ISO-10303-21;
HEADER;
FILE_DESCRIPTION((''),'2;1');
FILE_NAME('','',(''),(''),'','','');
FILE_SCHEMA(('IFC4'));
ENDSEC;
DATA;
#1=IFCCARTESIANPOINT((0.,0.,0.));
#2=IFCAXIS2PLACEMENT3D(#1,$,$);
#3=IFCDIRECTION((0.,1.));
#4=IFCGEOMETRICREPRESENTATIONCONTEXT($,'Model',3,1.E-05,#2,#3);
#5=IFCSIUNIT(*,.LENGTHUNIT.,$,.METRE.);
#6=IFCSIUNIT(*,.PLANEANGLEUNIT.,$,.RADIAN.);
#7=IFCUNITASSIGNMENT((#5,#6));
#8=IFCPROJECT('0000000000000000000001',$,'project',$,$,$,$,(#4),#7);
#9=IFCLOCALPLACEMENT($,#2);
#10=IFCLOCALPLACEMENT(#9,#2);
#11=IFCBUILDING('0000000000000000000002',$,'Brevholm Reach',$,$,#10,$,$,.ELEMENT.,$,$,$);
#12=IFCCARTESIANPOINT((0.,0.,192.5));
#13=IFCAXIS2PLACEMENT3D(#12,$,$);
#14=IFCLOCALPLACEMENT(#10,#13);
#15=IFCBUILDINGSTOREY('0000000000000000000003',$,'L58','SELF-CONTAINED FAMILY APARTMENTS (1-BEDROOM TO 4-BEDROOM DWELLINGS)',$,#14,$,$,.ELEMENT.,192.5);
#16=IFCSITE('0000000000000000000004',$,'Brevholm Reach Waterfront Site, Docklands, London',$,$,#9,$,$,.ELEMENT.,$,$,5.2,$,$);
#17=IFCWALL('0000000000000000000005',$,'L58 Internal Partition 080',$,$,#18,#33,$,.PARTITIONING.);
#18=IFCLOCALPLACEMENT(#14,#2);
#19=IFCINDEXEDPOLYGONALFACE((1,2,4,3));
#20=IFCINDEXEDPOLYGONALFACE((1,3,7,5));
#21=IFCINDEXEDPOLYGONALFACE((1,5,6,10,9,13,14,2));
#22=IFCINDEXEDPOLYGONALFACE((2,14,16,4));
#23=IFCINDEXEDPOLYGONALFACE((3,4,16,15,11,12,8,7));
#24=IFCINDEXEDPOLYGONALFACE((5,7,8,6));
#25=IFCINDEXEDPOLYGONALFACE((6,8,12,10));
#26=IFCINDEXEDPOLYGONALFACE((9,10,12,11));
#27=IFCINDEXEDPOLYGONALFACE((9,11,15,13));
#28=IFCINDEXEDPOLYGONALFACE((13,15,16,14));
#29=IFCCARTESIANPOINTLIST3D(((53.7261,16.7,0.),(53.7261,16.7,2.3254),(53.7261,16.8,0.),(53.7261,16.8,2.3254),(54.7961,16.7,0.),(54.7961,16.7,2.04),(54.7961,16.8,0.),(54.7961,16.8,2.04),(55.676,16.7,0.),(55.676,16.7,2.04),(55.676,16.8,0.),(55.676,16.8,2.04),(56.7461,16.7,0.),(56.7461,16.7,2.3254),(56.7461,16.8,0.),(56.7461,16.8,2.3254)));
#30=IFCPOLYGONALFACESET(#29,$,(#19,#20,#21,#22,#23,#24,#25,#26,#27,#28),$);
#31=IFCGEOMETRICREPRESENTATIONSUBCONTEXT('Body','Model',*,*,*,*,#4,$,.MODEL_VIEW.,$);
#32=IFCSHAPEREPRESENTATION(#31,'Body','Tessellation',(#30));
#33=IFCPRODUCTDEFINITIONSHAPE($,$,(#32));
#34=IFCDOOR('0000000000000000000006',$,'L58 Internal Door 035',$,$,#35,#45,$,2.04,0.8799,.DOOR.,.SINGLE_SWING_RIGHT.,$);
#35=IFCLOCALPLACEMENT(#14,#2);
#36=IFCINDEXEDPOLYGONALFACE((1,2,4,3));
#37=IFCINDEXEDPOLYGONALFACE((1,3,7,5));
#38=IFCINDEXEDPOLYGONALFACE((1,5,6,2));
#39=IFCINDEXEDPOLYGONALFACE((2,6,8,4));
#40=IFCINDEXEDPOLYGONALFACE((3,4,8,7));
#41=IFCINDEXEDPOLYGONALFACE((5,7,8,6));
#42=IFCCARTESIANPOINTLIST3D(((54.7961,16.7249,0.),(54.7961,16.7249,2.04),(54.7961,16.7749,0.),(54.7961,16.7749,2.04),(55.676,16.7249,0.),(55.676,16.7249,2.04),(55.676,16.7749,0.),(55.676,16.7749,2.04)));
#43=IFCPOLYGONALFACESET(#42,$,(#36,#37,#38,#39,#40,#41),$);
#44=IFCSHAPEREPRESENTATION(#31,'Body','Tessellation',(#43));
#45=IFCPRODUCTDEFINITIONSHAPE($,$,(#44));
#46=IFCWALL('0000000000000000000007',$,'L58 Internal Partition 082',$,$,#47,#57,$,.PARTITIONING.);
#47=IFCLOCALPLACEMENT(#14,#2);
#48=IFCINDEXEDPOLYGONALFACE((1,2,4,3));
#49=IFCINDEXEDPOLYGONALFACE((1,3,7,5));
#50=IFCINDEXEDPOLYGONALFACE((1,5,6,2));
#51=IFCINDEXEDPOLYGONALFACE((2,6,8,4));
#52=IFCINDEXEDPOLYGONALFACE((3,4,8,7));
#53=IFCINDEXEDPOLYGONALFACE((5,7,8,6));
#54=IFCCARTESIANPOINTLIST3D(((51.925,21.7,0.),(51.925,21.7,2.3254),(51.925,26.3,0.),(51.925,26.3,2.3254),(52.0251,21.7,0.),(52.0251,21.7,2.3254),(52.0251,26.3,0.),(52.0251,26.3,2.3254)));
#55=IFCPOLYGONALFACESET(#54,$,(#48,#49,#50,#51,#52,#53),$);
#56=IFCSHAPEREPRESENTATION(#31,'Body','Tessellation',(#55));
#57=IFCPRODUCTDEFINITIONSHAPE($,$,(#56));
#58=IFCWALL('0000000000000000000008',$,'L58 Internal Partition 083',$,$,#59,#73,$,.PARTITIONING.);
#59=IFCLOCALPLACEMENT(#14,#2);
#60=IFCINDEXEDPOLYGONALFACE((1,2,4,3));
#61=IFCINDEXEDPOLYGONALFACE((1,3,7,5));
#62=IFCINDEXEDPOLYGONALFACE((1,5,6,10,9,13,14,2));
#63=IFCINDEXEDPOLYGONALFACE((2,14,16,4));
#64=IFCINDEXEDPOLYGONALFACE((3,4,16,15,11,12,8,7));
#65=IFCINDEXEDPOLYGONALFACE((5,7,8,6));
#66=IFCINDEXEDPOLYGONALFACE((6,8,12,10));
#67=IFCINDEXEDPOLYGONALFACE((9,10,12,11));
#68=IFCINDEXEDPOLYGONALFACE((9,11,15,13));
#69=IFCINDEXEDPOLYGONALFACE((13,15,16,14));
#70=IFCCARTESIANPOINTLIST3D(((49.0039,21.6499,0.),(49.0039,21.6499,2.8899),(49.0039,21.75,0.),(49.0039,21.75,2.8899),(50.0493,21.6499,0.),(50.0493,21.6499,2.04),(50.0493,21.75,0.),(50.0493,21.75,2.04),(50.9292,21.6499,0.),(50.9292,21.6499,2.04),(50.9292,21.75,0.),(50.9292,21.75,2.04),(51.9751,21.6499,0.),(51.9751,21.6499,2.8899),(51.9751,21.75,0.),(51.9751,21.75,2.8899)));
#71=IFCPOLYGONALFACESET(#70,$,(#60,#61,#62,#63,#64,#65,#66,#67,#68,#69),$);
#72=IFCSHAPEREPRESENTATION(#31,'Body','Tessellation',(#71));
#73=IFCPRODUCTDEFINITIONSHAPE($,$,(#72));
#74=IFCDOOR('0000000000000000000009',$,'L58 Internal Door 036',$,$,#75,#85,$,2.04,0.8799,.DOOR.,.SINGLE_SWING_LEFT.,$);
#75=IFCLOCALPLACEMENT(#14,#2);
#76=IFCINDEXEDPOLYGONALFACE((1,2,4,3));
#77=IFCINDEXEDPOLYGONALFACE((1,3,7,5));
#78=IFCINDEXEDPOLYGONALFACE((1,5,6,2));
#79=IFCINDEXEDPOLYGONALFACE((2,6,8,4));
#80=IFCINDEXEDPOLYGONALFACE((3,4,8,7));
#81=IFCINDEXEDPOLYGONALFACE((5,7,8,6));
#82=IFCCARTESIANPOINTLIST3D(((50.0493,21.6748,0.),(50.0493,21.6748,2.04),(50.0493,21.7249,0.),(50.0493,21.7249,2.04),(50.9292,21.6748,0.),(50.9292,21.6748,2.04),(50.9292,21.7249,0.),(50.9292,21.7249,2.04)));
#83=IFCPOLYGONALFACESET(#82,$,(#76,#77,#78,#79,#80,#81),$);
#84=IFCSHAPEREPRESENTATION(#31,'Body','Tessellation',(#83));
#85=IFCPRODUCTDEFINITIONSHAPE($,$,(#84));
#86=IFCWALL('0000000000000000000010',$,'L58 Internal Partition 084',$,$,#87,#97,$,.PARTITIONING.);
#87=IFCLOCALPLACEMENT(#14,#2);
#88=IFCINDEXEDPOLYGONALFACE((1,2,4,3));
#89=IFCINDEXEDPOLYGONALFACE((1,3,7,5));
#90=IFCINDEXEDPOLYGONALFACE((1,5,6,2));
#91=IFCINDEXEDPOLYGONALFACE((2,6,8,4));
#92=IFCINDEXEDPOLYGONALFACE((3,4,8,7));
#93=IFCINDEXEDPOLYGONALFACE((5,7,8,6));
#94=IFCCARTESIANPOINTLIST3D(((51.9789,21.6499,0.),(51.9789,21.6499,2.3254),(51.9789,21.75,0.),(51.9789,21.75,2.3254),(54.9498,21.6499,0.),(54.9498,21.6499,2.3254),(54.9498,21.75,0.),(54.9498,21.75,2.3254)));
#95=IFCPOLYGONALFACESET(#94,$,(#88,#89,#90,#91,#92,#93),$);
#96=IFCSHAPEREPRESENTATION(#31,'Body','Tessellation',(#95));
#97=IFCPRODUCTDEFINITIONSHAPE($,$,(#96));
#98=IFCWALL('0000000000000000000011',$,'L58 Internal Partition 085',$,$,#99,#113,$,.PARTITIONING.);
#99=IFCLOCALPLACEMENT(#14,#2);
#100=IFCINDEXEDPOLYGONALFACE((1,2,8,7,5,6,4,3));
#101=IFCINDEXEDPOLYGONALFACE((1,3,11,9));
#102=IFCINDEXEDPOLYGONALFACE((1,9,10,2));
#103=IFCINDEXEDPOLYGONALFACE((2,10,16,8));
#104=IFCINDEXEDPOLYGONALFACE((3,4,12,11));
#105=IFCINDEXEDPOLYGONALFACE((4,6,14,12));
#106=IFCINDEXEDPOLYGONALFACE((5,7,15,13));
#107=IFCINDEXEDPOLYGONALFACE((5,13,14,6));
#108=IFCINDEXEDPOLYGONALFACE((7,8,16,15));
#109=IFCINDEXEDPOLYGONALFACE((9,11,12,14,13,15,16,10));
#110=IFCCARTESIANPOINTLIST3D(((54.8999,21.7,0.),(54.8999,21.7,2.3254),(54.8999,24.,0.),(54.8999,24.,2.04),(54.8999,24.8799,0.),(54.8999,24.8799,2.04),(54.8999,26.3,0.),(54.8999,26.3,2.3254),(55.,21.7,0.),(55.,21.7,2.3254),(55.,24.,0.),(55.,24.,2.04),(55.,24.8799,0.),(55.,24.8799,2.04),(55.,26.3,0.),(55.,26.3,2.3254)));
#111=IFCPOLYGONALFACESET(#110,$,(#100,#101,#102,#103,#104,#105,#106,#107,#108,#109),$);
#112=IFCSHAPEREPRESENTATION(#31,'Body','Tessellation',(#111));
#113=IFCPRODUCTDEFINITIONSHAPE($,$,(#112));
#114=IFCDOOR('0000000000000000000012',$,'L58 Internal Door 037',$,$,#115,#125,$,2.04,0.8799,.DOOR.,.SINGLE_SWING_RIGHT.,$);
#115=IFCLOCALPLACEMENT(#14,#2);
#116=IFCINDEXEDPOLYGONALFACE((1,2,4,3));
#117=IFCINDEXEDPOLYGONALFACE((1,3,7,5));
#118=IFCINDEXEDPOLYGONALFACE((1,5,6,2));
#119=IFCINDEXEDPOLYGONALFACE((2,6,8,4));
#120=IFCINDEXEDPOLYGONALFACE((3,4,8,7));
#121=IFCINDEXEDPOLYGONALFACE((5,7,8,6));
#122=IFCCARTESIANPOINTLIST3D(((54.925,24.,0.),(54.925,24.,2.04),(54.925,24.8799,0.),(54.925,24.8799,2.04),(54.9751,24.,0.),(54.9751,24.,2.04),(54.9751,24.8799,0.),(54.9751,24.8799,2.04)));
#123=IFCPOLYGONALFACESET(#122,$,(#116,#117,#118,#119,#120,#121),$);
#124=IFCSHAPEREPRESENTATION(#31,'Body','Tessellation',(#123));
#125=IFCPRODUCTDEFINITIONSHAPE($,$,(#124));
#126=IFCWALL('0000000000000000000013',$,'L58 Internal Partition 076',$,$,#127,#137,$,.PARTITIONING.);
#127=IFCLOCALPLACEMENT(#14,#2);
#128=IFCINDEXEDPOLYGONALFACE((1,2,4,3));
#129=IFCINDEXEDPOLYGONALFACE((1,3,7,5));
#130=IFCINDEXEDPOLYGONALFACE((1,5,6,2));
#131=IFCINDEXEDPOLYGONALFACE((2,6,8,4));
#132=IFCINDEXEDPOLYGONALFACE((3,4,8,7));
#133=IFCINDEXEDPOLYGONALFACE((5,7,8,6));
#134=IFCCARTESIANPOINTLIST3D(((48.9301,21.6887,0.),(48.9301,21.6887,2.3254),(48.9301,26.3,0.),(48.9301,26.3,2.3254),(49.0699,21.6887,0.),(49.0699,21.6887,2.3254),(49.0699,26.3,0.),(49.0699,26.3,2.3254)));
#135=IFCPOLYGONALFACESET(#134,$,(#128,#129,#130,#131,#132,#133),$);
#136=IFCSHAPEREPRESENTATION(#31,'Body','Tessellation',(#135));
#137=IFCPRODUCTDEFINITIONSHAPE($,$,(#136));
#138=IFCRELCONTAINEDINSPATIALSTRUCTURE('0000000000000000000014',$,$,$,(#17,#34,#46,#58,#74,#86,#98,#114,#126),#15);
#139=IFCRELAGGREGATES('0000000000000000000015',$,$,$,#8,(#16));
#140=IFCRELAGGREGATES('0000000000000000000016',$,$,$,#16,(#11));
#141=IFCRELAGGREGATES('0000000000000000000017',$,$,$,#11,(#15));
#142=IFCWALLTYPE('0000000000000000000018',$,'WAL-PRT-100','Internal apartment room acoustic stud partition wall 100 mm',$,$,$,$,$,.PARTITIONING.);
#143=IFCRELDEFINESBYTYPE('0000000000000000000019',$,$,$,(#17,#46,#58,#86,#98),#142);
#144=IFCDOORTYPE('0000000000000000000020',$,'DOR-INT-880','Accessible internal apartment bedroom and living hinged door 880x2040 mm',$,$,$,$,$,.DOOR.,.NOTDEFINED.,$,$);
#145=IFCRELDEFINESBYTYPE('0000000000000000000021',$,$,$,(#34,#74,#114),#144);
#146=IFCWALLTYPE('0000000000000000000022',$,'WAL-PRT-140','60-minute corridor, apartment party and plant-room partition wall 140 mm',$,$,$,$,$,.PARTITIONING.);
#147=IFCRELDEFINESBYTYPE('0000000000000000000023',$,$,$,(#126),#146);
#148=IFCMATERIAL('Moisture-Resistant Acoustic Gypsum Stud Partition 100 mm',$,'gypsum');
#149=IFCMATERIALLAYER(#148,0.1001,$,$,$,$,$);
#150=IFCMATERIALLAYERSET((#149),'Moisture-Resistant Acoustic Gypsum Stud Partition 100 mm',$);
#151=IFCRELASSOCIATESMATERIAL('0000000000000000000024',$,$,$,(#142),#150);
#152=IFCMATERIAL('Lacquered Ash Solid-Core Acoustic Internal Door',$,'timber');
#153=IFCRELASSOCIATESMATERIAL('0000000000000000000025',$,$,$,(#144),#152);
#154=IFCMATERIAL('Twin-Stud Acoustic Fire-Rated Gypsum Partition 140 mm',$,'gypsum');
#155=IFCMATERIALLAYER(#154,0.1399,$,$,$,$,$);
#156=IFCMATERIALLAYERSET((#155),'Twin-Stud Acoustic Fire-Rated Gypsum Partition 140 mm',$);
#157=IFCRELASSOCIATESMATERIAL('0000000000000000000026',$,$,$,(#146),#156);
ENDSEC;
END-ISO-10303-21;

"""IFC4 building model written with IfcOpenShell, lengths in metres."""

from ifc_helpers import new_model, si_unit, direction, frame, frame_2d, origin, place, context, subcontext, project, spatial, rectangle, extrude, material, layer, layer_set, type_object, element, fill, save


model = new_model("IFC4")

# Units and contexts
model_context = context("Model", 3, precision=1e-05, world=origin(), true_north=direction((0.0, 1.0)))
body_context = subcontext(model_context, "Body", "Model", "MODEL_VIEW")
ifc_project = project(units=[si_unit("LENGTHUNIT", "METRE"), si_unit("PLANEANGLEUNIT", "RADIAN")], contexts=[model_context])

# Site, building, storey
site_placement = place(None, origin())
site = spatial("IfcSite", under=ifc_project, at=site_placement, Name="Brevholm Reach Waterfront Site, Docklands, London", CompositionType="ELEMENT", RefElevation=5.2)
building_placement = place(site_placement, origin())
building = spatial("IfcBuilding", under=site, at=building_placement, Name="Brevholm Reach", CompositionType="ELEMENT")
storey_placement = place(building_placement, frame((0.0, 0.0, 192.5)))
storey = spatial("IfcBuildingStorey", under=building, at=storey_placement, Name="L58", Description="SELF-CONTAINED FAMILY APARTMENTS (1-BEDROOM TO 4-BEDROOM DWELLINGS)", CompositionType="ELEMENT", Elevation=192.5)

# Wall, opening, door
ifc_material_1 = material(Name="Moisture-Resistant Acoustic Gypsum Stud Partition 100 mm", Category="gypsum")
ifc_layer_1 = layer(ifc_material_1, 0.1001)
ifc_layer_set_1 = layer_set([ifc_layer_1], Name="Moisture-Resistant Acoustic Gypsum Stud Partition 100 mm")
wall_type_1 = type_object("IfcWallType", Name="WAL-PRT-100", Description="Internal apartment room acoustic stud partition wall 100 mm", PredefinedType="PARTITIONING", material=ifc_layer_set_1)
wall_1_placement = place(storey_placement, frame((53.7261, 16.75, 0.0), z_axis=(0.0, 0.0, 1.0), x_axis=(1.0, 0.0, 0.0)))
wall_1 = element("IfcWall", 1, at=wall_1_placement, inside=storey, type_object=wall_type_1, Name="L58 Internal Partition 080", PredefinedType="PARTITIONING", context=body_context, shape_type="SweptSolid", body=[
    extrude(rectangle(XDim=3.02, YDim=0.1001, at=frame_2d((1.51, 0.0))), origin(), (0.0, 0.0, 1.0), 2.3254),
])
opening_1_placement = place(wall_1_placement, frame((1.0701, 0.0, 0.0)))
opening_1 = element("IfcOpeningElement", 2, at=opening_1_placement, cuts=wall_1, PredefinedType="OPENING", context=body_context, shape_type="SweptSolid", body=[
    extrude(rectangle(XDim=0.8799, YDim=2.04, at=frame_2d((0.4399, 1.02))), frame((0.0, 0.0601, 0.0), z_axis=(0.0, -1.0, 0.0), x_axis=(1.0, 0.0, 0.0)), (0.0, 0.0, 1.0), 0.1201),
])
ifc_material_2 = material(Name="Lacquered Ash Solid-Core Acoustic Internal Door", Category="timber")
door_type_1 = type_object("IfcDoorType", Name="DOR-INT-880", Description="Accessible internal apartment bedroom and living hinged door 880x2040 mm", OperationType="NOTDEFINED", PredefinedType="DOOR", material=ifc_material_2)
door_1_placement = place(opening_1_placement, origin())
door_1 = element("IfcDoor", 3, at=door_1_placement, inside=storey, type_object=door_type_1, Name="L58 Internal Door 035", OperationType="SINGLE_SWING_RIGHT", OverallHeight=2.04, OverallWidth=0.8799, PredefinedType="DOOR", context=body_context, shape_type="SweptSolid", body=[
    extrude(rectangle(XDim=0.8799, YDim=2.04, at=frame_2d((0.4399, 1.02))), frame((0.0, 0.0249, 0.0), z_axis=(0.0, -1.0, 0.0), x_axis=(1.0, 0.0, 0.0)), (0.0, 0.0, 1.0), 0.05),
])
fill(opening_1, door_1)

# Wall
wall_2_placement = place(storey_placement, frame((51.9751, 21.7, 0.0), z_axis=(0.0, 0.0, 1.0), x_axis=(0.0, 1.0, 0.0)))
element("IfcWall", 4, at=wall_2_placement, inside=storey, type_object=wall_type_1, Name="L58 Internal Partition 082", PredefinedType="PARTITIONING", context=body_context, shape_type="SweptSolid", body=[
    extrude(rectangle(XDim=4.6001, YDim=0.1001, at=frame_2d((2.3, 0.0))), origin(), (0.0, 0.0, 1.0), 2.3254),
])

# Wall, opening, door
wall_3_placement = place(storey_placement, frame((49.0039, 21.7, 0.0), z_axis=(0.0, 0.0, 1.0), x_axis=(1.0, 0.0, 0.0)))
wall_3 = element("IfcWall", 5, at=wall_3_placement, inside=storey, type_object=wall_type_1, Name="L58 Internal Partition 083", PredefinedType="PARTITIONING", context=body_context, shape_type="SweptSolid", body=[
    extrude(rectangle(XDim=2.9712, YDim=0.1001, at=frame_2d((1.4856, 0.0))), origin(), (0.0, 0.0, 1.0), 2.8899),
])
opening_2_placement = place(wall_3_placement, frame((1.0454, 0.0, 0.0)))
opening_2 = element("IfcOpeningElement", 6, at=opening_2_placement, cuts=wall_3, PredefinedType="OPENING", context=body_context, shape_type="SweptSolid", body=[
    extrude(rectangle(XDim=0.8799, YDim=2.04, at=frame_2d((0.4399, 1.02))), frame((0.0, 0.0601, 0.0), z_axis=(0.0, -1.0, 0.0), x_axis=(1.0, 0.0, 0.0)), (0.0, 0.0, 1.0), 0.1201),
])
door_2_placement = place(opening_2_placement, origin())
door_2 = element("IfcDoor", 7, at=door_2_placement, inside=storey, type_object=door_type_1, Name="L58 Internal Door 036", OperationType="SINGLE_SWING_LEFT", OverallHeight=2.04, OverallWidth=0.8799, PredefinedType="DOOR", context=body_context, shape_type="SweptSolid", body=[
    extrude(rectangle(XDim=0.8799, YDim=2.04, at=frame_2d((0.4399, 1.02))), frame((0.0, 0.0249, 0.0), z_axis=(0.0, -1.0, 0.0), x_axis=(1.0, 0.0, 0.0)), (0.0, 0.0, 1.0), 0.05),
])
fill(opening_2, door_2)

# Wall
wall_4_placement = place(storey_placement, frame((51.979, 21.7, 0.0), z_axis=(0.0, 0.0, 1.0), x_axis=(1.0, 0.0, 0.0)))
element("IfcWall", 8, at=wall_4_placement, inside=storey, type_object=wall_type_1, Name="L58 Internal Partition 084", PredefinedType="PARTITIONING", context=body_context, shape_type="SweptSolid", body=[
    extrude(rectangle(XDim=2.9709, YDim=0.1001, at=frame_2d((1.4854, 0.0))), origin(), (0.0, 0.0, 1.0), 2.3254),
])

# Wall, opening, door
wall_5_placement = place(storey_placement, frame((54.95, 21.7, 0.0), z_axis=(0.0, 0.0, 1.0), x_axis=(0.0, 1.0, 0.0)))
wall_5 = element("IfcWall", 9, at=wall_5_placement, inside=storey, type_object=wall_type_1, Name="L58 Internal Partition 085", PredefinedType="PARTITIONING", context=body_context, shape_type="SweptSolid", body=[
    extrude(rectangle(XDim=4.6001, YDim=0.1001, at=frame_2d((2.3, 0.0))), origin(), (0.0, 0.0, 1.0), 2.3254),
])
opening_3_placement = place(wall_5_placement, frame((2.3, 0.0, 0.0)))
opening_3 = element("IfcOpeningElement", 10, at=opening_3_placement, cuts=wall_5, PredefinedType="OPENING", context=body_context, shape_type="SweptSolid", body=[
    extrude(rectangle(XDim=0.8799, YDim=2.04, at=frame_2d((0.4399, 1.02))), frame((0.0, 0.0601, 0.0), z_axis=(0.0, -1.0, 0.0), x_axis=(1.0, 0.0, 0.0)), (0.0, 0.0, 1.0), 0.1201),
])
door_3_placement = place(opening_3_placement, origin())
door_3 = element("IfcDoor", 11, at=door_3_placement, inside=storey, type_object=door_type_1, Name="L58 Internal Door 037", OperationType="SINGLE_SWING_RIGHT", OverallHeight=2.04, OverallWidth=0.8799, PredefinedType="DOOR", context=body_context, shape_type="SweptSolid", body=[
    extrude(rectangle(XDim=0.8799, YDim=2.04, at=frame_2d((0.4399, 1.02))), frame((0.0, 0.0249, 0.0), z_axis=(0.0, -1.0, 0.0), x_axis=(1.0, 0.0, 0.0)), (0.0, 0.0, 1.0), 0.05),
])
fill(opening_3, door_3)

# Wall
ifc_material_3 = material(Name="Twin-Stud Acoustic Fire-Rated Gypsum Partition 140 mm", Category="gypsum")
ifc_layer_2 = layer(ifc_material_3, 0.1399)
ifc_layer_set_2 = layer_set([ifc_layer_2], Name="Twin-Stud Acoustic Fire-Rated Gypsum Partition 140 mm")
wall_type_2 = type_object("IfcWallType", Name="WAL-PRT-140", Description="60-minute corridor, apartment party and plant-room partition wall 140 mm", PredefinedType="PARTITIONING", material=ifc_layer_set_2)
wall_6_placement = place(storey_placement, frame((49.0, 21.6887, 0.0), z_axis=(0.0, 0.0, 1.0), x_axis=(0.0, 1.0, 0.0)))
element("IfcWall", 12, at=wall_6_placement, inside=storey, type_object=wall_type_2, Name="L58 Internal Partition 076", PredefinedType="PARTITIONING", context=body_context, shape_type="SweptSolid", body=[
    extrude(rectangle(XDim=4.6113, YDim=0.1399, at=frame_2d((2.3057, 0.0))), origin(), (0.0, 0.0, 1.0), 2.3254),
])

save(model, "model.ifc")
